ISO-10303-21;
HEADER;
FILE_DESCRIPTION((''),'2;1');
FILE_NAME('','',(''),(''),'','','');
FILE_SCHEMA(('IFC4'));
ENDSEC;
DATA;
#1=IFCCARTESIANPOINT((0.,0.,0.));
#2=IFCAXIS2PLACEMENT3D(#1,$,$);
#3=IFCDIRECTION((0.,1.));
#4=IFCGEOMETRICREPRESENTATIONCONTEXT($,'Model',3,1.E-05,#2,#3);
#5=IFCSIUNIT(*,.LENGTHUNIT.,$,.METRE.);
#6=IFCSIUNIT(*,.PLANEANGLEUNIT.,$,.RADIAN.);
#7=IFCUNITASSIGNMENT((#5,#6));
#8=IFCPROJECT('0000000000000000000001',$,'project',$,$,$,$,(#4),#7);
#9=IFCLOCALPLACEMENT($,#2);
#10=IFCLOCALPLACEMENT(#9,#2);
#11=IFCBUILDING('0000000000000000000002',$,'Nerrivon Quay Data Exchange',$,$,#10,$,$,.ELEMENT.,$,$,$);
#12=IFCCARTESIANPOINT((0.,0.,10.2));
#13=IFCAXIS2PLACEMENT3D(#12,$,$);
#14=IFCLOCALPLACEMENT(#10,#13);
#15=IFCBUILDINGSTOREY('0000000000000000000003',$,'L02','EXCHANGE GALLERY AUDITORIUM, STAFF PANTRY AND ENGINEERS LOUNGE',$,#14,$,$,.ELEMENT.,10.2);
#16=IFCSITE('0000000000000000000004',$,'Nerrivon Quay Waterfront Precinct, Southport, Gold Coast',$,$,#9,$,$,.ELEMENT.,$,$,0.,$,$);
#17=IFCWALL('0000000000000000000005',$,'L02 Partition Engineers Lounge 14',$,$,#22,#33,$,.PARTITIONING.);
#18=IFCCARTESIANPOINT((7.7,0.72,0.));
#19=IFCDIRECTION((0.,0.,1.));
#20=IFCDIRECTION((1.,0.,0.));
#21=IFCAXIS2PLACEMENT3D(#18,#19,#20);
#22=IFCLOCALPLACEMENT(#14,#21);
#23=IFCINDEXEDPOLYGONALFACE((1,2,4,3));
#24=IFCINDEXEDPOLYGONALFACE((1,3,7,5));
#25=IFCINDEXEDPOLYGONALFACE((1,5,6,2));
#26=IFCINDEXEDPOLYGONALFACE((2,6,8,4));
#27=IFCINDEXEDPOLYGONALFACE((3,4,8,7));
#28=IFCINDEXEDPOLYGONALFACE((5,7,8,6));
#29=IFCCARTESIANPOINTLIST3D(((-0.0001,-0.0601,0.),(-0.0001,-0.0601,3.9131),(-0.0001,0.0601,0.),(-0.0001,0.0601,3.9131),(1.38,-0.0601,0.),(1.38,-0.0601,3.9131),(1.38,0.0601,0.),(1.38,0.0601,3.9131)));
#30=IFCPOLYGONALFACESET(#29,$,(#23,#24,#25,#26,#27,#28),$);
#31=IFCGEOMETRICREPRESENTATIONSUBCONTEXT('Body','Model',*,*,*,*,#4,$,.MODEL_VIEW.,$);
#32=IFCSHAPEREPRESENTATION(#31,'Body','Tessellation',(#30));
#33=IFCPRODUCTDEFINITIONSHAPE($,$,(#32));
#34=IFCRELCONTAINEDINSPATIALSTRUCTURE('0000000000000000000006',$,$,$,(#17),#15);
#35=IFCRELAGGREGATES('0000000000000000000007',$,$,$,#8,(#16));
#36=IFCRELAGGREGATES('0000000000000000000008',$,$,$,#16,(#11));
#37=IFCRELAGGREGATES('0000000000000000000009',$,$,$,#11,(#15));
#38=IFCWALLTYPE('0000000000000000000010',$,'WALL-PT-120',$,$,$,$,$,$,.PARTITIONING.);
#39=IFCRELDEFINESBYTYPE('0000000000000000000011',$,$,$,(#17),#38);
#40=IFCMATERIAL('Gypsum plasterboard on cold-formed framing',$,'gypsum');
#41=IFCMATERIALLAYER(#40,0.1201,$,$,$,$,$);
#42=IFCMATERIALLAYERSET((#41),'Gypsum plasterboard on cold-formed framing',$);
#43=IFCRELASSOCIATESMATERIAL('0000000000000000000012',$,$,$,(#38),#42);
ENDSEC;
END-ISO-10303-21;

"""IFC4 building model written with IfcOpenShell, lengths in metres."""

from ifc_helpers import new_model, si_unit, direction, frame, frame_2d, origin, place, context, subcontext, project, spatial, rectangle, extrude, material, layer, layer_set, type_object, element, save


model = new_model("IFC4")

# Units and contexts
model_context = context("Model", 3, precision=1e-05, world=origin(), true_north=direction((0.0, 1.0)))
body_context = subcontext(model_context, "Body", "Model", "MODEL_VIEW")
ifc_project = project(units=[si_unit("LENGTHUNIT", "METRE"), si_unit("PLANEANGLEUNIT", "RADIAN")], contexts=[model_context])

# Site, building, storey
site_placement = place(None, origin())
site = spatial("IfcSite", under=ifc_project, at=site_placement, Name="Nerrivon Quay Waterfront Precinct, Southport, Gold Coast", CompositionType="ELEMENT", RefElevation=0.0)
building_placement = place(site_placement, origin())
building = spatial("IfcBuilding", under=site, at=building_placement, Name="Nerrivon Quay Data Exchange", CompositionType="ELEMENT")
storey_placement = place(building_placement, frame((0.0, 0.0, 10.2)))
storey = spatial("IfcBuildingStorey", under=building, at=storey_placement, Name="L02", Description="EXCHANGE GALLERY AUDITORIUM, STAFF PANTRY AND ENGINEERS LOUNGE", CompositionType="ELEMENT", Elevation=10.2)

# Shared definitions
ifc_material_1 = material(Name="Gypsum plasterboard on cold-formed framing", Category="gypsum")
ifc_layer_1 = layer(ifc_material_1, 0.1201)
ifc_layer_set_1 = layer_set([ifc_layer_1], Name="Gypsum plasterboard on cold-formed framing")
wall_type_1 = type_object("IfcWallType", Name="WALL-PT-120", PredefinedType="PARTITIONING", material=ifc_layer_set_1)

# Wall
wall_1_placement = place(storey_placement, frame((7.7, 0.72, 0.0), z_axis=(0.0, 0.0, 1.0), x_axis=(1.0, 0.0, 0.0)))
element("IfcWall", 1, at=wall_1_placement, inside=storey, type_object=wall_type_1, Name="L02 Partition Engineers Lounge 14", PredefinedType="PARTITIONING", context=body_context, shape_type="SweptSolid", body=[
    extrude(rectangle(XDim=1.3801, YDim=0.1201, at=frame_2d((0.6899, 0.0))), origin(), (0.0, 0.0, 1.0), 3.9131),
])

save(model, "model.ifc")
